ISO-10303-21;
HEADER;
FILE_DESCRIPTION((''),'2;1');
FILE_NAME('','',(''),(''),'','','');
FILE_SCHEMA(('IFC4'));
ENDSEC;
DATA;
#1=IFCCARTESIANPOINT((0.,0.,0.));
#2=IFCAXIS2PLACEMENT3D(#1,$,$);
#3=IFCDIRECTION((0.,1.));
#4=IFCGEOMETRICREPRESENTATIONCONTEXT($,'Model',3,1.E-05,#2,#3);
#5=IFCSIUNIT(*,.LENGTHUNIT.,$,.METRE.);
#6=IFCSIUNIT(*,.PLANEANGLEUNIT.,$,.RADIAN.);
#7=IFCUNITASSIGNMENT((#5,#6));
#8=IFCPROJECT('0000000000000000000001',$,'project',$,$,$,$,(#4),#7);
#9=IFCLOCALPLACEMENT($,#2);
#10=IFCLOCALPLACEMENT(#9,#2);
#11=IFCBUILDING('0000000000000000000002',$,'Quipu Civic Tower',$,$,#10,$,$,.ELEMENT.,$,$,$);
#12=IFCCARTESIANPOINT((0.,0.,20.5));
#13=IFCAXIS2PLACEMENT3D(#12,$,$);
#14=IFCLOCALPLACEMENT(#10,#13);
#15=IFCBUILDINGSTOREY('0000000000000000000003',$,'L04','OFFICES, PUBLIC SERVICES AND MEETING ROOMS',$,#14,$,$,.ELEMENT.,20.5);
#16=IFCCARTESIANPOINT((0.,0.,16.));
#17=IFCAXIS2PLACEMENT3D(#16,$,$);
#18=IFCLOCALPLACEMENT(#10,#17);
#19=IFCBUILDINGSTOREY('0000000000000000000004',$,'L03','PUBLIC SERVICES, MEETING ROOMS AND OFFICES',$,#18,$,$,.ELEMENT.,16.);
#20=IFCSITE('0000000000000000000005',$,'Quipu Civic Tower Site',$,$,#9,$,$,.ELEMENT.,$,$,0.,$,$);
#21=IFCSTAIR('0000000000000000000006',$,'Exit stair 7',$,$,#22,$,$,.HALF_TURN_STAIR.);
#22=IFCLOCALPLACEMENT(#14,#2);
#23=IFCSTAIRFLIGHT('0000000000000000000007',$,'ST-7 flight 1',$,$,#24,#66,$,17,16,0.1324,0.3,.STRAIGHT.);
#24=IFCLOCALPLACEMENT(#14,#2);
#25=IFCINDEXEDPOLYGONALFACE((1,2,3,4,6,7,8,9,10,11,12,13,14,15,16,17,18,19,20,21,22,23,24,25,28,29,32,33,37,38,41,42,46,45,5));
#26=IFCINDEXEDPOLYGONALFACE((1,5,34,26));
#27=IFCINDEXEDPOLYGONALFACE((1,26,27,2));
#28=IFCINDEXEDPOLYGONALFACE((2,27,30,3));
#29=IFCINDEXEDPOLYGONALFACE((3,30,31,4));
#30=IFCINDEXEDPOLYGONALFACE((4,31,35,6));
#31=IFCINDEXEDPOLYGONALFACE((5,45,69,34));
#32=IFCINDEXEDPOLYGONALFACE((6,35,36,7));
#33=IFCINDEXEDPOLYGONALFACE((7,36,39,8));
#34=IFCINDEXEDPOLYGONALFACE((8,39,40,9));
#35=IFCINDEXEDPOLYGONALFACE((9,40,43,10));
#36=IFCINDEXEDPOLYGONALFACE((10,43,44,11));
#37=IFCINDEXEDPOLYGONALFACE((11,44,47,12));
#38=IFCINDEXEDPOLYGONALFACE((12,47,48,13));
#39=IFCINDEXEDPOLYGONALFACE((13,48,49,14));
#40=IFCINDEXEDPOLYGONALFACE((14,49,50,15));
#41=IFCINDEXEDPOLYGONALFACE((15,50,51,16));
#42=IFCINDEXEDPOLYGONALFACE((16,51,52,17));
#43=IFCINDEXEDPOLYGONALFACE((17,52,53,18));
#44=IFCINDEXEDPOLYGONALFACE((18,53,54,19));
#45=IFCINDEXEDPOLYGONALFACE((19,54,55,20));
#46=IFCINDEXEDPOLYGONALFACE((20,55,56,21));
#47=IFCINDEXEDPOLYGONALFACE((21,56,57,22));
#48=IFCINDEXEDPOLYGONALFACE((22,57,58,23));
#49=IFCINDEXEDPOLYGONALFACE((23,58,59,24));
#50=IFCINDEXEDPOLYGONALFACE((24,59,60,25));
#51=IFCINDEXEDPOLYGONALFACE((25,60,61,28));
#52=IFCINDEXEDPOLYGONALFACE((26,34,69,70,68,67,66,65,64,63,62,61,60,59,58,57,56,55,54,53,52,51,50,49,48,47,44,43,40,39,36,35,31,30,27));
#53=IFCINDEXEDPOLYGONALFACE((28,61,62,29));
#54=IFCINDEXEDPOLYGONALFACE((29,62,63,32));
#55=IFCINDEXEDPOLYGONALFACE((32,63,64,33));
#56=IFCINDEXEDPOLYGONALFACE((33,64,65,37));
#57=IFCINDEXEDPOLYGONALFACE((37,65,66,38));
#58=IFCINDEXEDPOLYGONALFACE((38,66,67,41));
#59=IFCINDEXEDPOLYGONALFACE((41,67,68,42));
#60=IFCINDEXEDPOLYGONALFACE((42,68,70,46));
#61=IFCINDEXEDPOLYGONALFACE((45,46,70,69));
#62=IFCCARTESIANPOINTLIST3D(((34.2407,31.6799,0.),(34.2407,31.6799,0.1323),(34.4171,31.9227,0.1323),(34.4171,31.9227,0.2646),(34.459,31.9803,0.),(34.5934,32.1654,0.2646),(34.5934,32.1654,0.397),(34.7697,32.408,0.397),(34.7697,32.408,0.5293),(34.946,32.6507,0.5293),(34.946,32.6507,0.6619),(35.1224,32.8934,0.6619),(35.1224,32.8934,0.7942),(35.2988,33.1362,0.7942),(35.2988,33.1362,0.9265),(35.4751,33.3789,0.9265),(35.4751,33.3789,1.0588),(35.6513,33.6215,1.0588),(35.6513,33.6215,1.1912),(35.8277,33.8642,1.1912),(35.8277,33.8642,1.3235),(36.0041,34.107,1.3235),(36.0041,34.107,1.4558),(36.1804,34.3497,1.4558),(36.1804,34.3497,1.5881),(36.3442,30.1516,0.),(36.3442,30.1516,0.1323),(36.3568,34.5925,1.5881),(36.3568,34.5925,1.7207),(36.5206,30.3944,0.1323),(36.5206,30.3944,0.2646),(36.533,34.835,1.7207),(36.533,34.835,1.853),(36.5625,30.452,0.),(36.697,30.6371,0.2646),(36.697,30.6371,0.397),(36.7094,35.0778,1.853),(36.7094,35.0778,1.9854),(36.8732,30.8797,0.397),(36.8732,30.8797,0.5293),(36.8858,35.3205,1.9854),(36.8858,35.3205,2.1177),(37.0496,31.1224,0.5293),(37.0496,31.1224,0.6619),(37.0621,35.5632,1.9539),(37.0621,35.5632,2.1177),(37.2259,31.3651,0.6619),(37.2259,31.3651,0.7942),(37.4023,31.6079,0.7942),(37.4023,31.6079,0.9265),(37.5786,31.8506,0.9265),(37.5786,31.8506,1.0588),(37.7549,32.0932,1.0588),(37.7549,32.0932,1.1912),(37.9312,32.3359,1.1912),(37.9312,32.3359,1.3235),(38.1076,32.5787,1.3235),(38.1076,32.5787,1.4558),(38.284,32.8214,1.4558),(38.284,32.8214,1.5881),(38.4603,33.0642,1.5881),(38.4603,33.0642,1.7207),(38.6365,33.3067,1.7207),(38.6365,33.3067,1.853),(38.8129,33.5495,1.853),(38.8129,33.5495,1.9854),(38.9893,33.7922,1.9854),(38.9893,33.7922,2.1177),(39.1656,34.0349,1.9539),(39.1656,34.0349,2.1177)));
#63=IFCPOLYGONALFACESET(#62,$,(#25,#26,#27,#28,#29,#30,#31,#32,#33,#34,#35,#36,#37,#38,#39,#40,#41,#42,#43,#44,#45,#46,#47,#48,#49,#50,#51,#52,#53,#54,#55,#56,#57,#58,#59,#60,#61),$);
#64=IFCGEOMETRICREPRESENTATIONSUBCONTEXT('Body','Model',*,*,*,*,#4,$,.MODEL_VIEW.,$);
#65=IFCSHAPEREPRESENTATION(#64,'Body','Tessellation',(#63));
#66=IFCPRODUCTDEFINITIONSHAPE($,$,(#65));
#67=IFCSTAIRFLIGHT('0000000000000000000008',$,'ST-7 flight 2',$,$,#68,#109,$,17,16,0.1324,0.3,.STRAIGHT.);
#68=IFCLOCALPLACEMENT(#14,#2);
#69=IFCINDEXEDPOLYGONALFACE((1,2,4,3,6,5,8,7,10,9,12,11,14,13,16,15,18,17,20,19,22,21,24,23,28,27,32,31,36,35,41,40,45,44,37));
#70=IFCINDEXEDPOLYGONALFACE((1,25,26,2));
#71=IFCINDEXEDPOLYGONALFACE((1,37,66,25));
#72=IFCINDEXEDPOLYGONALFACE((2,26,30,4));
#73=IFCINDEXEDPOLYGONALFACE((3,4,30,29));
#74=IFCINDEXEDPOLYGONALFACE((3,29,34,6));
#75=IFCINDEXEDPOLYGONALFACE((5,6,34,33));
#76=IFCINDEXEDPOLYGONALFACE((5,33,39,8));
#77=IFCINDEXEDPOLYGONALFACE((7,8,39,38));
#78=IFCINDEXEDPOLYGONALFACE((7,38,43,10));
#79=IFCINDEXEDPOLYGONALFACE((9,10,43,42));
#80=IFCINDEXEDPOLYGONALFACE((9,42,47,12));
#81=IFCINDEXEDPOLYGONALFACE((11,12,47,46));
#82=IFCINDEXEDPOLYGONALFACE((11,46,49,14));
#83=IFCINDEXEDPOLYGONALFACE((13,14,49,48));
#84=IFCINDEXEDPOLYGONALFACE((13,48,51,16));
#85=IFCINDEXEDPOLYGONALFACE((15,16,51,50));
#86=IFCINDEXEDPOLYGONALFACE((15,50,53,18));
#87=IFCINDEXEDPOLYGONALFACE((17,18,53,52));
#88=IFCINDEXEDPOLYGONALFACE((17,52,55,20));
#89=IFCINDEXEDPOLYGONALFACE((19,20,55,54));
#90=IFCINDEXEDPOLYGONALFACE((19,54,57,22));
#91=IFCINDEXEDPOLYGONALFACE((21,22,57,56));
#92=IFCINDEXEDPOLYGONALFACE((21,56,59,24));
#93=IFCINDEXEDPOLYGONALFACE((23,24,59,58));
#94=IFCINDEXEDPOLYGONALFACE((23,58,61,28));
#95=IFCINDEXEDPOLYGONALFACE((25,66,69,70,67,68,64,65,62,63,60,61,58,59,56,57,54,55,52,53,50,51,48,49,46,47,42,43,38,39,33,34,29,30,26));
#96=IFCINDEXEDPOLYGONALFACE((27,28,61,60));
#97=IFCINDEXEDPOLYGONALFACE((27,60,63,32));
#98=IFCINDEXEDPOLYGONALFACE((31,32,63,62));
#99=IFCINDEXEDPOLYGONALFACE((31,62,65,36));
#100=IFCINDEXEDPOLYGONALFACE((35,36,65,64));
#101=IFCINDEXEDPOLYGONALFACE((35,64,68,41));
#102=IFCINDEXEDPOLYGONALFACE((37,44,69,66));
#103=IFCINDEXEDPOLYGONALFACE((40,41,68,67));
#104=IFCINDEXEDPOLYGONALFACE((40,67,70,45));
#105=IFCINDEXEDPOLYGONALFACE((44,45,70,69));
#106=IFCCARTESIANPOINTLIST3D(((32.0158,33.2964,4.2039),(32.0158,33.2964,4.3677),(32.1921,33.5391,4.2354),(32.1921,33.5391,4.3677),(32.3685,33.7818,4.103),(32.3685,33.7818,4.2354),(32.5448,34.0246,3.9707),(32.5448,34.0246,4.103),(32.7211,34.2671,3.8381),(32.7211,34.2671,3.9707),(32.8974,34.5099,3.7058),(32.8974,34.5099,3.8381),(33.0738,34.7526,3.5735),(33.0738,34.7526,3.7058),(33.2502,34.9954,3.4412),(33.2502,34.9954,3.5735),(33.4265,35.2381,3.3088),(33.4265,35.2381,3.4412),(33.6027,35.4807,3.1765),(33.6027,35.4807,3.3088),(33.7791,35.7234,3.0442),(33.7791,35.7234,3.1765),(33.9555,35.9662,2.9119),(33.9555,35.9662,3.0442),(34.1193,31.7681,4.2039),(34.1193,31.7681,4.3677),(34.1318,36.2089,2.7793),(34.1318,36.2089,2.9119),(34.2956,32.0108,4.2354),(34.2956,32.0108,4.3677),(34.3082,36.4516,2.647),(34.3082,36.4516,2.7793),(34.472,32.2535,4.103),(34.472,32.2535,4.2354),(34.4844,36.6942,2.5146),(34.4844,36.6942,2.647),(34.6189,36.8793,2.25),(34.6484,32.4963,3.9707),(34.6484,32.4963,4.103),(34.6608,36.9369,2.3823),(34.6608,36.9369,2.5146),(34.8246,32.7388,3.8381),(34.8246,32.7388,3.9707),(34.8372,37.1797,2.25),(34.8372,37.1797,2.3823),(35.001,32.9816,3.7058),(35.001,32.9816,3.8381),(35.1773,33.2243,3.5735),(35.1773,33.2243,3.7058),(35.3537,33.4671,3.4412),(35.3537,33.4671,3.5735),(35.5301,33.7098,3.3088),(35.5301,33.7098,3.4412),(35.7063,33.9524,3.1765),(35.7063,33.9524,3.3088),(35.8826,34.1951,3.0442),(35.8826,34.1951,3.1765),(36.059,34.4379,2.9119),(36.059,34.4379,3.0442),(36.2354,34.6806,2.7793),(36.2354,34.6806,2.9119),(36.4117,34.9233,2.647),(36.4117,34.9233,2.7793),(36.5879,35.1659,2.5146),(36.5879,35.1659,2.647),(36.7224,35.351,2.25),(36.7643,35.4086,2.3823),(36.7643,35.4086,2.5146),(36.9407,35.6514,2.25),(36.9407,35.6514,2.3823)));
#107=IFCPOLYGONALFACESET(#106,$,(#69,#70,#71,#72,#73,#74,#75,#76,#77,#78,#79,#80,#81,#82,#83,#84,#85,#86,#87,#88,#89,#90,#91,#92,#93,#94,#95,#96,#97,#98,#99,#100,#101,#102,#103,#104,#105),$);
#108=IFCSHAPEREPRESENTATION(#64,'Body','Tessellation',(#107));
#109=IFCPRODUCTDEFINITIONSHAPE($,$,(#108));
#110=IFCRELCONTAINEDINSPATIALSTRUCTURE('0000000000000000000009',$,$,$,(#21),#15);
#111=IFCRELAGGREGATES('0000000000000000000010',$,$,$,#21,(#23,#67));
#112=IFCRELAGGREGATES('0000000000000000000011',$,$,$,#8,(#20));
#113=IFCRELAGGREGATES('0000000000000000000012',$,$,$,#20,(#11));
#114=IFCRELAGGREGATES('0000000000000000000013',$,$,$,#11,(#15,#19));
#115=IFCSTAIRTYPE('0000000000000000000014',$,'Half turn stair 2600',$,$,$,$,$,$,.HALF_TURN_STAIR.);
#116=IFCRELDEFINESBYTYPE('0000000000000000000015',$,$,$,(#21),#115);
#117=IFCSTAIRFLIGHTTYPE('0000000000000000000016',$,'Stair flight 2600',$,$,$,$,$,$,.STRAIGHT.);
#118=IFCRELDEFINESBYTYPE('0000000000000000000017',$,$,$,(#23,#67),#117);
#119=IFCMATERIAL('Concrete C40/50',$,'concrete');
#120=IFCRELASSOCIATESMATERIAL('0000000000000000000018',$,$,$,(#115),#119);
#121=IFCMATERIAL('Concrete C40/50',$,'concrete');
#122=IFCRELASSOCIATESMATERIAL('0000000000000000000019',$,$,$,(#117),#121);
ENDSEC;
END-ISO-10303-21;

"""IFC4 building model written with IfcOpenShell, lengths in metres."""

from ifc_helpers import new_model, si_unit, direction, frame, origin, place, context, subcontext, project, spatial, polyline, outline, extrude, material, type_object, element, aggregate, save


model = new_model("IFC4")

# Units and contexts
model_context = context("Model", 3, precision=1e-05, world=origin(), true_north=direction((0.0, 1.0)))
body_context = subcontext(model_context, "Body", "Model", "MODEL_VIEW")
ifc_project = project(units=[si_unit("LENGTHUNIT", "METRE"), si_unit("PLANEANGLEUNIT", "RADIAN")], contexts=[model_context])

# Site, building, storey
site_placement = place(None, origin())
site = spatial("IfcSite", under=ifc_project, at=site_placement, Name="Quipu Civic Tower Site", CompositionType="ELEMENT", RefElevation=0.0)
building_placement = place(site_placement, origin())
building = spatial("IfcBuilding", under=site, at=building_placement, Name="Quipu Civic Tower", CompositionType="ELEMENT")
storey_1_placement = place(building_placement, frame((0.0, 0.0, 20.5)))
storey_1 = spatial("IfcBuildingStorey", under=building, at=storey_1_placement, Name="L04", Description="OFFICES, PUBLIC SERVICES AND MEETING ROOMS", CompositionType="ELEMENT", Elevation=20.5)

# Shared definitions
storey_2_placement = place(building_placement, frame((0.0, 0.0, 16.0)))
storey_2 = spatial("IfcBuildingStorey", under=building, at=storey_2_placement, Name="L03", Description="PUBLIC SERVICES, MEETING ROOMS AND OFFICES", CompositionType="ELEMENT", Elevation=16.0)

# Stair, stair flights
ifc_material_1 = material(Name="Concrete C40/50", Category="concrete")
stair_type = type_object("IfcStairType", Name="Half turn stair 2600", PredefinedType="HALF_TURN_STAIR", material=ifc_material_1)
stair_placement = place(storey_1_placement, origin())
stair = element("IfcStair", 1, at=stair_placement, inside=storey_1, type_object=stair_type, Name="Exit stair 7", PredefinedType="HALF_TURN_STAIR")
ifc_material_2 = material(Name="Concrete C40/50", Category="concrete")
stair_flight_type = type_object("IfcStairFlightType", Name="Stair flight 2600", PredefinedType="STRAIGHT", material=ifc_material_2)
stair_flight_1_placement = place(storey_1_placement, frame((35.2925, 30.9158, 0.0), z_axis=(0.0, 0.0, 1.0), x_axis=(0.587785, 0.809017, 0.0)))
stair_flight_1 = element("IfcStairFlight", 2, at=stair_flight_1_placement, type_object=stair_flight_type, Name="ST-7 flight 1", NumberOfRisers=17, NumberOfTreads=16, PredefinedType="STRAIGHT", RiserHeight=0.1324, TreadLength=0.3, context=body_context, shape_type="SweptSolid", body=[
    extrude(outline(polyline([(0.0, 0.0), (0.0, 0.1323), (0.3, 0.1323), (0.3, 0.2646), (0.6001, 0.2646), (0.6001, 0.397), (0.8999, 0.397), (0.8999, 0.5293), (1.2, 0.5293), (1.2, 0.6619), (1.5, 0.6619), (1.5, 0.7942), (1.8, 0.7942), (1.8, 0.9265), (2.1001, 0.9265), (2.1001, 1.0588), (2.3999, 1.0588), (2.3999, 1.1912), (2.7, 1.1912), (2.7, 1.3235), (3.0, 1.3235), (3.0, 1.4558), (3.3, 1.4558), (3.3, 1.5881), (3.6001, 1.5881), (3.6001, 1.7207), (3.8999, 1.7207), (3.8999, 1.853), (4.2, 1.853), (4.2, 1.9854), (4.5, 1.9854), (4.5, 2.1177), (4.8, 2.1177), (4.8, 2.25), (4.8, 1.9539), (0.3713, 0.0), (0.0, 0.0)])), frame((0.0, 1.3, 0.0), z_axis=(0.0, -1.0, 0.0), x_axis=(1.0, 0.0, 0.0)), (0.0, 0.0, 1.0), 2.6001),
])
stair_flight_2_placement = place(storey_1_placement, frame((35.8889, 36.4155, 2.25), z_axis=(0.0, 0.0, 1.0), x_axis=(-0.587785, -0.809017, 0.0)))
stair_flight_2 = element("IfcStairFlight", 3, at=stair_flight_2_placement, type_object=stair_flight_type, Name="ST-7 flight 2", NumberOfRisers=17, NumberOfTreads=16, PredefinedType="STRAIGHT", RiserHeight=0.1324, TreadLength=0.3, context=body_context, shape_type="SweptSolid", body=[
    extrude(outline(polyline([(0.0, 0.0), (0.0, 0.1323), (0.3, 0.1323), (0.3, 0.2646), (0.6001, 0.2646), (0.6001, 0.397), (0.8999, 0.397), (0.8999, 0.5293), (1.2, 0.5293), (1.2, 0.6619), (1.5, 0.6619), (1.5, 0.7942), (1.8, 0.7942), (1.8, 0.9265), (2.1001, 0.9265), (2.1001, 1.0588), (2.3999, 1.0588), (2.3999, 1.1912), (2.7, 1.1912), (2.7, 1.3235), (3.0, 1.3235), (3.0, 1.4558), (3.3, 1.4558), (3.3, 1.5881), (3.6001, 1.5881), (3.6001, 1.7207), (3.8999, 1.7207), (3.8999, 1.853), (4.2, 1.853), (4.2, 1.9854), (4.5, 1.9854), (4.5, 2.1177), (4.8, 2.1177), (4.8, 2.25), (4.8, 1.9539), (0.3713, 0.0), (0.0, 0.0)])), frame((0.0, 1.3, 0.0), z_axis=(0.0, -1.0, 0.0), x_axis=(1.0, 0.0, 0.0)), (0.0, 0.0, 1.0), 2.6001),
])
aggregate(stair, [stair_flight_1, stair_flight_2])

save(model, "model.ifc")
